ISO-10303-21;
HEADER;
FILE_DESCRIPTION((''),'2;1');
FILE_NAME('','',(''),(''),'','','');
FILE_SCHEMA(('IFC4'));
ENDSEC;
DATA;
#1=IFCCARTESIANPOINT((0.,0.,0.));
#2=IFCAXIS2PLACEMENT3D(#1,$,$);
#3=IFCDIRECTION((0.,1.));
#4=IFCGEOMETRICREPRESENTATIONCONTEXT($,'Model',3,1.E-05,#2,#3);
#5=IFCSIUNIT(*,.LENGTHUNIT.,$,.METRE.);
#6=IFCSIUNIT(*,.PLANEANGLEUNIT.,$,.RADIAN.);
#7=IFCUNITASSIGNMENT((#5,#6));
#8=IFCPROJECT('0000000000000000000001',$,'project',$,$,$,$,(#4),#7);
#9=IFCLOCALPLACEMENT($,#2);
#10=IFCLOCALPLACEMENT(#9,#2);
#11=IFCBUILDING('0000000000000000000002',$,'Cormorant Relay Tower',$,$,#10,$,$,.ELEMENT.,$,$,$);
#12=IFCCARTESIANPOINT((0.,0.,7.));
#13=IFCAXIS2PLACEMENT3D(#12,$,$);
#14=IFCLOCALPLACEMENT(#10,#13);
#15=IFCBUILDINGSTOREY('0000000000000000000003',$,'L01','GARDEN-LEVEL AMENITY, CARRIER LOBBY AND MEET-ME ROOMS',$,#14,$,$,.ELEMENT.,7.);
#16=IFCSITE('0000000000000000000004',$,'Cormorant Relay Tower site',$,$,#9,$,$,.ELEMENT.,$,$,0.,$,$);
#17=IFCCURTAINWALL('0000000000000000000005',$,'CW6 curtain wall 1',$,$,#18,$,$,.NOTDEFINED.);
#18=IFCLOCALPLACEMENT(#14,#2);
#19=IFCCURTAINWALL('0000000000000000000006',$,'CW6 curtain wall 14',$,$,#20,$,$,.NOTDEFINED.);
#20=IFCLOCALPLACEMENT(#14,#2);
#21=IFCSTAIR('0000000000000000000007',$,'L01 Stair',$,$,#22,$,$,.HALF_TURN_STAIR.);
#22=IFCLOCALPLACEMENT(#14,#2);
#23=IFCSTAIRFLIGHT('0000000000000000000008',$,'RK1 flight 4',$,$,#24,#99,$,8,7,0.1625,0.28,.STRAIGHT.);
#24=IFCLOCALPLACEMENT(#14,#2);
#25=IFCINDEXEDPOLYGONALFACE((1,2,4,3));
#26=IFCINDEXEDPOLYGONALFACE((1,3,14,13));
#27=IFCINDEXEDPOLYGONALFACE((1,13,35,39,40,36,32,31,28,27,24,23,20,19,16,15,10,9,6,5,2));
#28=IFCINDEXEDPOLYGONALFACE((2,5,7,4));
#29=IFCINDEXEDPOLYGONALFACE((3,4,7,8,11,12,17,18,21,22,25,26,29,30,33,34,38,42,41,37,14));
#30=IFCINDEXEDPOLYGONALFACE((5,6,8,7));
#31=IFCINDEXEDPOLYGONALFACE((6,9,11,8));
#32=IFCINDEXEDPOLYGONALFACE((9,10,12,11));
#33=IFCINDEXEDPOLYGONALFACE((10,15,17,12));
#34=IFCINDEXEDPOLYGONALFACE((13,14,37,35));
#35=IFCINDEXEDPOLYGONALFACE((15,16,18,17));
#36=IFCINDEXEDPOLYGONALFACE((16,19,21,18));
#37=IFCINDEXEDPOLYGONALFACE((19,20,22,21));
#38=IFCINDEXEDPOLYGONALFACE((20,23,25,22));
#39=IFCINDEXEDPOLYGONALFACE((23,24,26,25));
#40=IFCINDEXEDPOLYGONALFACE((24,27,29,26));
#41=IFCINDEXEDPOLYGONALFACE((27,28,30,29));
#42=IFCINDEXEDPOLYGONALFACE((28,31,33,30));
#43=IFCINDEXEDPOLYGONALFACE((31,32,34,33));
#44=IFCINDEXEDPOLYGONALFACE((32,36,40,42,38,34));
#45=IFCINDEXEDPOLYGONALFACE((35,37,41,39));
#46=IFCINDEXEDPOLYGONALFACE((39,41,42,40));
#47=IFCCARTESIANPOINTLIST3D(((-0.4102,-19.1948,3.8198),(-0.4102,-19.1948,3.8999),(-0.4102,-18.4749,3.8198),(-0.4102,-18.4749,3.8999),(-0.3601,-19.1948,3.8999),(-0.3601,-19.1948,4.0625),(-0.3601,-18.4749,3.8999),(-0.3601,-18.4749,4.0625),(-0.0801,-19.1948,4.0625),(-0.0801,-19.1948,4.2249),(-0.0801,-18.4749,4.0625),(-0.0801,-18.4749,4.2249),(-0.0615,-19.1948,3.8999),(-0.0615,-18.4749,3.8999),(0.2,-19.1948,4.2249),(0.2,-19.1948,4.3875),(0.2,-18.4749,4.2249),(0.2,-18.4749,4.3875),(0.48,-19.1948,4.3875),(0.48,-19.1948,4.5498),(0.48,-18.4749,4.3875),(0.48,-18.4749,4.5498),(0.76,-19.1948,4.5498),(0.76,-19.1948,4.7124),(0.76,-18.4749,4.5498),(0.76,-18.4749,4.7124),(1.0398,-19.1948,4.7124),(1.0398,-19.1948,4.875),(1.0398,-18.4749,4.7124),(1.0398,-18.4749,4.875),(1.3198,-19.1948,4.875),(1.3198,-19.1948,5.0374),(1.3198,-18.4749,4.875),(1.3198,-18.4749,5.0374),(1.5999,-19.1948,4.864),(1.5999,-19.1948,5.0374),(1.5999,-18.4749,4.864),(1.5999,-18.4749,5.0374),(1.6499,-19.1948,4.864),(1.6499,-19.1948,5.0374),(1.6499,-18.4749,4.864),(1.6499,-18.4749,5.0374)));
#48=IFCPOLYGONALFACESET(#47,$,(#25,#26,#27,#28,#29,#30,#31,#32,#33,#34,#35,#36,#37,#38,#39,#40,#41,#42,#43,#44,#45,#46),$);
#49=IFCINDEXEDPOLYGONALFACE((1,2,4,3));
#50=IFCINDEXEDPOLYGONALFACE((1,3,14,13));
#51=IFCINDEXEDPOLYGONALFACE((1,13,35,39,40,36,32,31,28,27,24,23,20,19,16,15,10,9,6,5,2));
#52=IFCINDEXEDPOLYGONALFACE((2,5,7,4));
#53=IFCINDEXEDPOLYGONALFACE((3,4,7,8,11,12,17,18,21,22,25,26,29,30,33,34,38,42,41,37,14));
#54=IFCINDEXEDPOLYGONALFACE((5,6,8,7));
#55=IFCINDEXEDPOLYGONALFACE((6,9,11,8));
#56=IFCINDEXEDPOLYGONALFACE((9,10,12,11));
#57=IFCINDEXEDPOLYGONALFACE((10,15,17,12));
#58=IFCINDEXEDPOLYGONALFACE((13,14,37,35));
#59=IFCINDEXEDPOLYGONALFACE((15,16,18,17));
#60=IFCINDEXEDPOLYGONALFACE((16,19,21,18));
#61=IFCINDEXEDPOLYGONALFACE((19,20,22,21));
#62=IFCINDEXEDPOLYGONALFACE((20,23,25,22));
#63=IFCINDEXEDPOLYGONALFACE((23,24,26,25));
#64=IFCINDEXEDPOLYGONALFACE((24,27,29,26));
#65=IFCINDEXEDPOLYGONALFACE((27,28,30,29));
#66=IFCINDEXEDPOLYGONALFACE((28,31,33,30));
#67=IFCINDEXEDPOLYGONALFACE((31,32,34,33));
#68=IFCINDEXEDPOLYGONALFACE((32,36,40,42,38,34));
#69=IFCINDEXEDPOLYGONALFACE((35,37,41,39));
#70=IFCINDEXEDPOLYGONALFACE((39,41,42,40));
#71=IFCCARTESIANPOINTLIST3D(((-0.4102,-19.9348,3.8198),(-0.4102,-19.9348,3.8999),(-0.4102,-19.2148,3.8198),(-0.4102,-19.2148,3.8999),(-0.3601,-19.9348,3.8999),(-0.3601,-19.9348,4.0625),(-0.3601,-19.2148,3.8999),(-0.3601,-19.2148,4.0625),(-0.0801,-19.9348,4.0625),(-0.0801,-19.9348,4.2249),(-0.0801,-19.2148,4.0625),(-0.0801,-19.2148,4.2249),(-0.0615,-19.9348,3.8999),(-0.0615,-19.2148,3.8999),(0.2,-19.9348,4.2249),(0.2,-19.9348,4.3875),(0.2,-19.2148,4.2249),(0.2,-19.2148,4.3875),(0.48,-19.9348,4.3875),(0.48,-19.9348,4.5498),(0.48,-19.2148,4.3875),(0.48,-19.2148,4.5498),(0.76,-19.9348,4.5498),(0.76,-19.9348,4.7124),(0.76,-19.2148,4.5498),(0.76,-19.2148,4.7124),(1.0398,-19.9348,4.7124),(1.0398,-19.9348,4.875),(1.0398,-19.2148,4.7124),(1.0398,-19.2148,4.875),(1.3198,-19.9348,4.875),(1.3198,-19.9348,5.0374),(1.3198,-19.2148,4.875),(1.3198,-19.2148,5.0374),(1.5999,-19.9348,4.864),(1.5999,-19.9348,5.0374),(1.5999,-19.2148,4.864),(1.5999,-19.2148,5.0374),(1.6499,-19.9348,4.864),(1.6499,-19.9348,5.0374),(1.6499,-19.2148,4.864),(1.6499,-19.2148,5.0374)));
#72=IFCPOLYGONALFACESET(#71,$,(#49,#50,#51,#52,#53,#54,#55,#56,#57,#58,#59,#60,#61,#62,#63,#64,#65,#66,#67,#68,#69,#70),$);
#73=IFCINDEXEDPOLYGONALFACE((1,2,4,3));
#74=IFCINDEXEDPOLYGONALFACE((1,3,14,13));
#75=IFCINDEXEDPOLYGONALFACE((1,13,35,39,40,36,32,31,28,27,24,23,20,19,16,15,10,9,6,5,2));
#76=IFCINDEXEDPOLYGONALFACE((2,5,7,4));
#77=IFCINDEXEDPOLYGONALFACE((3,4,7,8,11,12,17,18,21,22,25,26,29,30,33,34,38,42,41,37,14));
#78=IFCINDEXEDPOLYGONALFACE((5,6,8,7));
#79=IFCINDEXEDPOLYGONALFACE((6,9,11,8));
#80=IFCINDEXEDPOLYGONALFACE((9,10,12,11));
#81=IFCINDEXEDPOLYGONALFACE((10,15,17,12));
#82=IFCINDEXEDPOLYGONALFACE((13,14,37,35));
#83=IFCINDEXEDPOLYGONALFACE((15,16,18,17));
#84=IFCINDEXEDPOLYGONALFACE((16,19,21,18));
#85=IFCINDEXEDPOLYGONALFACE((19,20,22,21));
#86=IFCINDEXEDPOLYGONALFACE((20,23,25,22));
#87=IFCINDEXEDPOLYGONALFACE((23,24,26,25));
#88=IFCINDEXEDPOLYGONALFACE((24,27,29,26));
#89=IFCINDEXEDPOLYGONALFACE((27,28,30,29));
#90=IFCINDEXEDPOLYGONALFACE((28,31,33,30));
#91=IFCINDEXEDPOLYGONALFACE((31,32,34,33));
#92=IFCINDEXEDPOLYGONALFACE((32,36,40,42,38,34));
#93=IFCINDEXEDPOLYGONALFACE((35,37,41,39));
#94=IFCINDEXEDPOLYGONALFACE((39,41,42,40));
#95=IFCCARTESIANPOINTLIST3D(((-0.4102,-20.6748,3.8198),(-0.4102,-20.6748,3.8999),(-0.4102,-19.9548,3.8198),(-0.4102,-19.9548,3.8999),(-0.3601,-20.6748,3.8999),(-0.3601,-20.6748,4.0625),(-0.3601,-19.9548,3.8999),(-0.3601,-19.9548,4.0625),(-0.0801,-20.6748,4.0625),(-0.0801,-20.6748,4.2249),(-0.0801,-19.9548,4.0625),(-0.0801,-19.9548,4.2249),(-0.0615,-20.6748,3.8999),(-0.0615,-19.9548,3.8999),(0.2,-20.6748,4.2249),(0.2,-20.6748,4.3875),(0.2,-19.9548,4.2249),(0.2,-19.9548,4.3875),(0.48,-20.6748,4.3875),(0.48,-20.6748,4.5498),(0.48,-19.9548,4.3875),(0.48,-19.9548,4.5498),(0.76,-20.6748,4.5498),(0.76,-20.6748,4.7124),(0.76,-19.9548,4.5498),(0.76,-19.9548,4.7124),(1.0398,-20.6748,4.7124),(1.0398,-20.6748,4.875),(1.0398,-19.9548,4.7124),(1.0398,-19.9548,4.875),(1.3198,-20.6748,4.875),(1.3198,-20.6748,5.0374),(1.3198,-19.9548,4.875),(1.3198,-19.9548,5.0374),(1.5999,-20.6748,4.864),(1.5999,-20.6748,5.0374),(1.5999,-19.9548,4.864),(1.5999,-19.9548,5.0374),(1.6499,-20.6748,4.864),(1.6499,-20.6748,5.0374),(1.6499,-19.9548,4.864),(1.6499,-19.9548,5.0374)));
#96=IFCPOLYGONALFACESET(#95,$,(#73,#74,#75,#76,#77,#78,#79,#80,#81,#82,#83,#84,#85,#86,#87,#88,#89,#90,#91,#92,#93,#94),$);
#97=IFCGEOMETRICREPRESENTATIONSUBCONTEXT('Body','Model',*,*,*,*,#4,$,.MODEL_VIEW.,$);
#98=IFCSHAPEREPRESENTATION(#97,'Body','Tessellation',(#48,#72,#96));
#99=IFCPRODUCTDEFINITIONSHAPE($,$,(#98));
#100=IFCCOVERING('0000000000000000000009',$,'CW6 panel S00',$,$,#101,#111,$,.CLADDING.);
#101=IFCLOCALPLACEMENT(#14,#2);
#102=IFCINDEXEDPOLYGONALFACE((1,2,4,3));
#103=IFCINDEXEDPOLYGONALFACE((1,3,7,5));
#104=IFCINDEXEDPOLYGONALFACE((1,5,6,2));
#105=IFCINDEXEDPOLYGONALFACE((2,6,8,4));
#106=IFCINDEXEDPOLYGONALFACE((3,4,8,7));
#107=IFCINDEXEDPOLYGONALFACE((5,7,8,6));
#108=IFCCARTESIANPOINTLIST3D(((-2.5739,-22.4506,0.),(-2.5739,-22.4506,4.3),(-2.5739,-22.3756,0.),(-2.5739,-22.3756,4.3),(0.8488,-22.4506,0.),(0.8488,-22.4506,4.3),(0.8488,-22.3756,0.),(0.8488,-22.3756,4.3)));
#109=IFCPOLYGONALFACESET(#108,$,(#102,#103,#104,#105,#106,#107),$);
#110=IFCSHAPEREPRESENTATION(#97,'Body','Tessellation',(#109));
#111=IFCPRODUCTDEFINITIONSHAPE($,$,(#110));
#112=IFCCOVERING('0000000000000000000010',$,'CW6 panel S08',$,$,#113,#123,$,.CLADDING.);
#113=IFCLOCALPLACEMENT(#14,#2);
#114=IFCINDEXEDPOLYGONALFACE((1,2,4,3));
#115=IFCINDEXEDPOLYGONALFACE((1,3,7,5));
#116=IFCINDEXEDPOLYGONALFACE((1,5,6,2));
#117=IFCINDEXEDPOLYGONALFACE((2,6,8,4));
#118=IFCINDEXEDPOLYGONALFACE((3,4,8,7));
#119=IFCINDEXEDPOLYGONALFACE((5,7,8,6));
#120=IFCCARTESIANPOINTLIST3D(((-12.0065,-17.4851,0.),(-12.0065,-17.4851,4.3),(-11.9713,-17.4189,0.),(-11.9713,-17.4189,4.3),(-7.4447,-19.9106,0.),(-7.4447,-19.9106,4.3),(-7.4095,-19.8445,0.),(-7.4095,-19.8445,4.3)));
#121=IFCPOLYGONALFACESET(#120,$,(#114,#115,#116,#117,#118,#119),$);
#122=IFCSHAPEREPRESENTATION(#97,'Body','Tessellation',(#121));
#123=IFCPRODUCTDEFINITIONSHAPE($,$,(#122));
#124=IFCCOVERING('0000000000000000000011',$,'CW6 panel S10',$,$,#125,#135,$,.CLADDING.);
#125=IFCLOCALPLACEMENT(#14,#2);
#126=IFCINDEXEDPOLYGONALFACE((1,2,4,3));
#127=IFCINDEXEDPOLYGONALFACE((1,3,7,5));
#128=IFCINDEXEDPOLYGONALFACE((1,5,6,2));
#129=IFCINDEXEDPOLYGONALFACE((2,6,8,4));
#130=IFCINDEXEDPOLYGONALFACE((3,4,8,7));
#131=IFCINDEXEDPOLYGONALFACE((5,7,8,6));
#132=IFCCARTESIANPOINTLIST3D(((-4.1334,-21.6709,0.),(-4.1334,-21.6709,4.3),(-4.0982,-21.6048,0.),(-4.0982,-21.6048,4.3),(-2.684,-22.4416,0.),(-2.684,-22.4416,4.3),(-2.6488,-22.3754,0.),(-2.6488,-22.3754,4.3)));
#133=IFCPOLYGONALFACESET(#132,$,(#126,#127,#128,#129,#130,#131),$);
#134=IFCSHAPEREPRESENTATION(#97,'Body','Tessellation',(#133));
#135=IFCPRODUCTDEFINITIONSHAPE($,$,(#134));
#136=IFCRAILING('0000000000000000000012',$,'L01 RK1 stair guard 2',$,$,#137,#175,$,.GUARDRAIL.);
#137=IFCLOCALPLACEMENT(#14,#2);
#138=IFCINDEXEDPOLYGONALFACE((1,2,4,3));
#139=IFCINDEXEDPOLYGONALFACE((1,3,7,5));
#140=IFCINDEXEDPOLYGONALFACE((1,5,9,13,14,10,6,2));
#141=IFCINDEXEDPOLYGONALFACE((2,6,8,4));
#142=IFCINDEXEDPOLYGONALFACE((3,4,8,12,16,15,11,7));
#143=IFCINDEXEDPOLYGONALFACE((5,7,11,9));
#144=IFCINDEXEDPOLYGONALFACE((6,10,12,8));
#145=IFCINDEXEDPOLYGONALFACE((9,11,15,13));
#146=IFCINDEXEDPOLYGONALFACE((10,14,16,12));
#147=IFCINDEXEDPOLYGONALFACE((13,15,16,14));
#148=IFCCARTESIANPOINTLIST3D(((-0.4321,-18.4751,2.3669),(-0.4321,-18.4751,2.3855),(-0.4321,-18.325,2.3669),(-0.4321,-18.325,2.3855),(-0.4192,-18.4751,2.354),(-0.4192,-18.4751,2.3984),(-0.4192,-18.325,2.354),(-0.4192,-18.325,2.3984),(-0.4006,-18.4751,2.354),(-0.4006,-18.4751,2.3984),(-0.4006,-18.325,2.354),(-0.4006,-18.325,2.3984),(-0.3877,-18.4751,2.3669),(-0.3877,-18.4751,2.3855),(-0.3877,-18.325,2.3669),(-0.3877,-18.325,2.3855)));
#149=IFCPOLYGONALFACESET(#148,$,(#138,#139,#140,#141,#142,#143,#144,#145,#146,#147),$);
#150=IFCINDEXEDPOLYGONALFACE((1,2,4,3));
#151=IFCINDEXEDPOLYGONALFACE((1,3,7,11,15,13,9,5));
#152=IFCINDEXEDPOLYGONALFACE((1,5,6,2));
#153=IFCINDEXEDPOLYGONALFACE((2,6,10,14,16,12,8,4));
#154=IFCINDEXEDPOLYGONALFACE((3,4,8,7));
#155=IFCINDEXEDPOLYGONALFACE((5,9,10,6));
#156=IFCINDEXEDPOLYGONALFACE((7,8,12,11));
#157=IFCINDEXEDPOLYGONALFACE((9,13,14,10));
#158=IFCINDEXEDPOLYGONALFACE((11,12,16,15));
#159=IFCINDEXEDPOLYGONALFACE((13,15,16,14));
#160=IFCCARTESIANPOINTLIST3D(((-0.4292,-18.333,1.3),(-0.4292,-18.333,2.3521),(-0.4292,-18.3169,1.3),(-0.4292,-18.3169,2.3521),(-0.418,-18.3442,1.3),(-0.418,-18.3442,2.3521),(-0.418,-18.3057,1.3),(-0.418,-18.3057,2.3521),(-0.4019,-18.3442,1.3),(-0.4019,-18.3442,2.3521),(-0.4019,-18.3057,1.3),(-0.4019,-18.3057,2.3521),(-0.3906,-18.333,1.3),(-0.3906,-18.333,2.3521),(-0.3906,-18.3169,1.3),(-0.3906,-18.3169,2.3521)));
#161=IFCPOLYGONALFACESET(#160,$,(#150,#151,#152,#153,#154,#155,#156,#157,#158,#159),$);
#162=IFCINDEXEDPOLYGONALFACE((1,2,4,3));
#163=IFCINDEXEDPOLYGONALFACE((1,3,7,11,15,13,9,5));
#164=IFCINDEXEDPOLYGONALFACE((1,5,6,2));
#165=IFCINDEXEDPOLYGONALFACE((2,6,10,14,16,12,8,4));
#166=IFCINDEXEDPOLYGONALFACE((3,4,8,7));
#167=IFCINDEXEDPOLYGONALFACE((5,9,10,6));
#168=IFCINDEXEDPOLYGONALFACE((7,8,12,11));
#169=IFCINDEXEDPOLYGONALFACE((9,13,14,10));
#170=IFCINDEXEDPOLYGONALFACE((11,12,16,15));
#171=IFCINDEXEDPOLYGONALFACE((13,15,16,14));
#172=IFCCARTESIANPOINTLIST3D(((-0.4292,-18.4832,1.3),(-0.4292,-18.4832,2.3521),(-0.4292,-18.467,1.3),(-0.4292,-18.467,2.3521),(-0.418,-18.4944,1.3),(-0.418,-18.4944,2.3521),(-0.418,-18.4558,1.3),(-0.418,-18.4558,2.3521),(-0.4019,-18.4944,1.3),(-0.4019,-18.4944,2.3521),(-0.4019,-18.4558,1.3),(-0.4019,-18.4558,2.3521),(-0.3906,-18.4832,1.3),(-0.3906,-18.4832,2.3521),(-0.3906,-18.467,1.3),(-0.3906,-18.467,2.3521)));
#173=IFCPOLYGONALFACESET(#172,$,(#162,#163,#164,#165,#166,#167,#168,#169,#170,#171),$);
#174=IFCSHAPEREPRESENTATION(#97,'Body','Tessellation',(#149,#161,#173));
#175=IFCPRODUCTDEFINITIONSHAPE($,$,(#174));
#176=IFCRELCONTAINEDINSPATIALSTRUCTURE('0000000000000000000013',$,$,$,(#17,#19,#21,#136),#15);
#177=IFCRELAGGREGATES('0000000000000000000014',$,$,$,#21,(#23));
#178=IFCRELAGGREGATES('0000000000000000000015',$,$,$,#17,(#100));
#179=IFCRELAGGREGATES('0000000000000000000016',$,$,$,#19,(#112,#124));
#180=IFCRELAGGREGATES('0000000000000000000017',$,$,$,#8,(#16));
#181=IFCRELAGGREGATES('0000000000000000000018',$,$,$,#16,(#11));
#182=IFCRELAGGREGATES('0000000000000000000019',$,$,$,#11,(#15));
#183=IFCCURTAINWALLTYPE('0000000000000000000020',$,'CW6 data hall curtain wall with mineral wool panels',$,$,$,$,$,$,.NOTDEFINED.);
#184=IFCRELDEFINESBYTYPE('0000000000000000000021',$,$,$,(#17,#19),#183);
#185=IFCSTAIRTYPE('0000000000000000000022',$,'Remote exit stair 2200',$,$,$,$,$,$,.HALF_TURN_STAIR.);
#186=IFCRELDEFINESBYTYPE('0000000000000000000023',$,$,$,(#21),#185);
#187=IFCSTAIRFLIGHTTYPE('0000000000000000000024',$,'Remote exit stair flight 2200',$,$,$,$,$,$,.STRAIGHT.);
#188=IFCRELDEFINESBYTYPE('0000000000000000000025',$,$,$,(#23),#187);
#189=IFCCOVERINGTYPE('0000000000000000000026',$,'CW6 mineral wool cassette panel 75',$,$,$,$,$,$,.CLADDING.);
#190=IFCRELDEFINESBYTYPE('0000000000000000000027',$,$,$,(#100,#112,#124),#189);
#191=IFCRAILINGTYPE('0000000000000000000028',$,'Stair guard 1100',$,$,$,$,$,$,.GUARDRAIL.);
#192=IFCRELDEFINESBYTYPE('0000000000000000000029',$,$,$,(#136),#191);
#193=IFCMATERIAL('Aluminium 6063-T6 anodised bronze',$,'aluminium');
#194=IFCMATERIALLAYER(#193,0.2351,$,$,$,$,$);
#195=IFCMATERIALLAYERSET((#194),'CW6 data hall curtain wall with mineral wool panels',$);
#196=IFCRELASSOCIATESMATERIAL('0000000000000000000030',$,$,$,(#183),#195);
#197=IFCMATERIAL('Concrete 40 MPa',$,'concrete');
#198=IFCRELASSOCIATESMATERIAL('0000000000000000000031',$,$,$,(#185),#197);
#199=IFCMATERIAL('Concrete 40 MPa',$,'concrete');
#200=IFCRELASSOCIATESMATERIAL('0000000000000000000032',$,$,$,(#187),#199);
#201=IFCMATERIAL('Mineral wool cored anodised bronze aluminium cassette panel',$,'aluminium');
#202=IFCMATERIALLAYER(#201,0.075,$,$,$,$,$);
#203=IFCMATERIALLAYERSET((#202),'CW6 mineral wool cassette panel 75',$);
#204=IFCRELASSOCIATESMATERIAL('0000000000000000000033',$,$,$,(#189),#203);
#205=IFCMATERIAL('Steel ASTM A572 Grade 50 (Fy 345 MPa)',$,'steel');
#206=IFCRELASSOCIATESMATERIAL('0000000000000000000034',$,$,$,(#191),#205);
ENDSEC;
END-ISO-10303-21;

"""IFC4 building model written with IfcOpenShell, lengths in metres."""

from ifc_helpers import new_model, si_unit, direction, frame, origin, origin_2d, place, context, subcontext, project, spatial, polyline, rectangle, outline, extrude, material, layer, layer_set, type_object, element, aggregate, save


model = new_model("IFC4")

# Units and contexts
model_context = context("Model", 3, precision=1e-05, world=origin(), true_north=direction((0.0, 1.0)))
body_context = subcontext(model_context, "Body", "Model", "MODEL_VIEW")
ifc_project = project(units=[si_unit("LENGTHUNIT", "METRE"), si_unit("PLANEANGLEUNIT", "RADIAN")], contexts=[model_context])

# Site, building, storey
site_placement = place(None, origin())
site = spatial("IfcSite", under=ifc_project, at=site_placement, Name="Cormorant Relay Tower site", CompositionType="ELEMENT", RefElevation=0.0)
building_placement = place(site_placement, origin())
building = spatial("IfcBuilding", under=site, at=building_placement, Name="Cormorant Relay Tower", CompositionType="ELEMENT")
storey_placement = place(building_placement, frame((0.0, 0.0, 7.0)))
storey = spatial("IfcBuildingStorey", under=building, at=storey_placement, Name="L01", Description="GARDEN-LEVEL AMENITY, CARRIER LOBBY AND MEET-ME ROOMS", CompositionType="ELEMENT", Elevation=7.0)

# Curtain wall
ifc_material_1 = material(Name="Aluminium 6063-T6 anodised bronze", Category="aluminium")
ifc_layer_1 = layer(ifc_material_1, 0.2351)
ifc_layer_set_1 = layer_set([ifc_layer_1], Name="CW6 data hall curtain wall with mineral wool panels")
curtain_wall_type = type_object("IfcCurtainWallType", Name="CW6 data hall curtain wall with mineral wool panels", PredefinedType="NOTDEFINED", material=ifc_layer_set_1)
curtain_wall_1_placement = place(storey_placement, origin())
curtain_wall_1 = element("IfcCurtainWall", 1, at=curtain_wall_1_placement, inside=storey, type_object=curtain_wall_type, Name="CW6 curtain wall 1", PredefinedType="NOTDEFINED")

# Curtain wall
curtain_wall_2_placement = place(storey_placement, origin())
curtain_wall_2 = element("IfcCurtainWall", 2, at=curtain_wall_2_placement, inside=storey, type_object=curtain_wall_type, Name="CW6 curtain wall 14", PredefinedType="NOTDEFINED")

# Stair, stair flight
ifc_material_2 = material(Name="Concrete 40 MPa", Category="concrete")
stair_type = type_object("IfcStairType", Name="Remote exit stair 2200", PredefinedType="HALF_TURN_STAIR", material=ifc_material_2)
stair_placement = place(storey_placement, origin())
stair = element("IfcStair", 3, at=stair_placement, inside=storey, type_object=stair_type, Name="L01 Stair", PredefinedType="HALF_TURN_STAIR")
ifc_material_3 = material(Name="Concrete 40 MPa", Category="concrete")
stair_flight_type = type_object("IfcStairFlightType", Name="Remote exit stair flight 2200", PredefinedType="STRAIGHT", material=ifc_material_3)
stair_flight_1_placement = place(storey_placement, frame((-0.3601, -19.575, 3.8999), z_axis=(0.0, 0.0, 1.0), x_axis=(1.0, 0.0, 0.0)))
stair_flight_1 = element("IfcStairFlight", 4, at=stair_flight_1_placement, type_object=stair_flight_type, Name="RK1 flight 4", NumberOfRisers=8, NumberOfTreads=7, PredefinedType="STRAIGHT", RiserHeight=0.1625, TreadLength=0.28, context=body_context, shape_type="SweptSolid", body=[
    extrude(outline(polyline([(-0.05, -0.0801), (-0.05, 0.0), (0.0, 0.0), (0.0, 0.1626), (0.28, 0.1626), (0.28, 0.325), (0.5601, 0.325), (0.5601, 0.4875), (0.8401, 0.4875), (0.8401, 0.6499), (1.1201, 0.6499), (1.1201, 0.8125), (1.3999, 0.8125), (1.3999, 0.9751), (1.6799, 0.9751), (1.6799, 1.1375), (1.96, 1.1375), (2.01, 1.1375), (2.01, 0.9641), (1.96, 0.9641), (0.2986, 0.0), (-0.05, -0.0801)])), frame((0.0, 1.1001, 0.0), z_axis=(0.0, -1.0, 0.0), x_axis=(1.0, 0.0, 0.0)), (0.0, 0.0, 1.0), 0.72),
    extrude(outline(polyline([(-0.05, -0.0801), (-0.05, 0.0), (0.0, 0.0), (0.0, 0.1626), (0.28, 0.1626), (0.28, 0.325), (0.5601, 0.325), (0.5601, 0.4875), (0.8401, 0.4875), (0.8401, 0.6499), (1.1201, 0.6499), (1.1201, 0.8125), (1.3999, 0.8125), (1.3999, 0.9751), (1.6799, 0.9751), (1.6799, 1.1375), (1.96, 1.1375), (2.01, 1.1375), (2.01, 0.9641), (1.96, 0.9641), (0.2986, 0.0), (-0.05, -0.0801)])), frame((0.0, 0.3601, 0.0), z_axis=(0.0, -1.0, 0.0), x_axis=(1.0, 0.0, 0.0)), (0.0, 0.0, 1.0), 0.72),
    extrude(outline(polyline([(-0.05, -0.0801), (-0.05, 0.0), (0.0, 0.0), (0.0, 0.1626), (0.28, 0.1626), (0.28, 0.325), (0.5601, 0.325), (0.5601, 0.4875), (0.8401, 0.4875), (0.8401, 0.6499), (1.1201, 0.6499), (1.1201, 0.8125), (1.3999, 0.8125), (1.3999, 0.9751), (1.6799, 0.9751), (1.6799, 1.1375), (1.96, 1.1375), (2.01, 1.1375), (2.01, 0.9641), (1.96, 0.9641), (0.2986, 0.0), (-0.05, -0.0801)])), frame((0.0, -0.3799, 0.0), z_axis=(0.0, -1.0, 0.0), x_axis=(1.0, 0.0, 0.0)), (0.0, 0.0, 1.0), 0.72),
])
aggregate(stair, [stair_flight_1])

# Coverings
ifc_material_4 = material(Name="Mineral wool cored anodised bronze aluminium cassette panel", Category="aluminium")
ifc_layer_2 = layer(ifc_material_4, 0.075)
ifc_layer_set_2 = layer_set([ifc_layer_2], Name="CW6 mineral wool cassette panel 75")
covering_type = type_object("IfcCoveringType", Name="CW6 mineral wool cassette panel 75", PredefinedType="CLADDING", material=ifc_layer_set_2)
covering_1_placement = place(storey_placement, frame((-0.8625, -22.4131, 0.0), z_axis=(0.0, 0.0, 1.0), x_axis=(1.0, 0.0, 0.0)))
covering_1 = element("IfcCovering", 5, at=covering_1_placement, type_object=covering_type, Name="CW6 panel S00", PredefinedType="CLADDING", context=body_context, shape_type="SweptSolid", body=[
    extrude(rectangle(XDim=3.4226, YDim=0.075, at=origin_2d()), origin(), (0.0, 0.0, 1.0), 4.3),
])
aggregate(curtain_wall_1, [covering_1])
covering_2_placement = place(storey_placement, frame((-9.708, -18.6648, 0.0), z_axis=(0.0, 0.0, 1.0), x_axis=(0.882948, -0.469472, 0.0)))
covering_2 = element("IfcCovering", 6, at=covering_2_placement, type_object=covering_type, Name="CW6 panel S08", PredefinedType="CLADDING", context=body_context, shape_type="SweptSolid", body=[
    extrude(rectangle(XDim=5.1665, YDim=0.075, at=origin_2d()), origin(), (0.0, 0.0, 1.0), 4.3),
])
covering_3_placement = place(storey_placement, frame((-3.3911, -22.0232, 0.0), z_axis=(0.0, 0.0, 1.0), x_axis=(0.882948, -0.469472, 0.0)))
covering_3 = element("IfcCovering", 7, at=covering_3_placement, type_object=covering_type, Name="CW6 panel S10", PredefinedType="CLADDING", context=body_context, shape_type="SweptSolid", body=[
    extrude(rectangle(XDim=1.6416, YDim=0.075, at=origin_2d()), origin(), (0.0, 0.0, 1.0), 4.3),
])
aggregate(curtain_wall_2, [covering_2, covering_3])

# Railing
ifc_material_5 = material(Name="Steel ASTM A572 Grade 50 (Fy 345 MPa)", Category="steel")
railing_type_1 = type_object("IfcRailingType", Name="Stair guard 1100", PredefinedType="GUARDRAIL", material=ifc_material_5)
railing_1_placement = place(storey_placement, frame((-0.4099, -18.325, 1.3)))
element("IfcRailing", 8, at=railing_1_placement, inside=storey, type_object=railing_type_1, Name="L01 RK1 stair guard 2", PredefinedType="GUARDRAIL", context=body_context, shape_type="SweptSolid", body=[
    extrude(outline(polyline([(0.0222, 0.0093), (0.0093, 0.0222), (-0.0093, 0.0222), (-0.0222, 0.0093), (-0.0222, -0.0093), (-0.0093, -0.0222), (0.0093, -0.0222), (0.0222, -0.0093), (0.0222, 0.0093)])), frame((0.0, 0.0, 1.0762), z_axis=(0.0, -1.0, 0.0), x_axis=(1.0, 0.0, 0.0)), (0.0, 0.0, 1.0), 0.1501),
    extrude(outline(polyline([(0.0193, 0.0081), (0.0081, 0.0193), (-0.0081, 0.0193), (-0.0193, 0.0081), (-0.0193, -0.0081), (-0.0081, -0.0193), (0.0081, -0.0193), (0.0193, -0.0081), (0.0193, 0.0081)])), origin(), (0.0, 0.0, 1.0), 1.052),
    extrude(outline(polyline([(0.0193, 0.0081), (0.0081, 0.0193), (-0.0081, 0.0193), (-0.0193, 0.0081), (-0.0193, -0.0081), (-0.0081, -0.0193), (0.0081, -0.0193), (0.0193, -0.0081), (0.0193, 0.0081)])), frame((0.0, -0.1501, 0.0)), (0.0, 0.0, 1.0), 1.052),
])

save(model, "model.ifc")
